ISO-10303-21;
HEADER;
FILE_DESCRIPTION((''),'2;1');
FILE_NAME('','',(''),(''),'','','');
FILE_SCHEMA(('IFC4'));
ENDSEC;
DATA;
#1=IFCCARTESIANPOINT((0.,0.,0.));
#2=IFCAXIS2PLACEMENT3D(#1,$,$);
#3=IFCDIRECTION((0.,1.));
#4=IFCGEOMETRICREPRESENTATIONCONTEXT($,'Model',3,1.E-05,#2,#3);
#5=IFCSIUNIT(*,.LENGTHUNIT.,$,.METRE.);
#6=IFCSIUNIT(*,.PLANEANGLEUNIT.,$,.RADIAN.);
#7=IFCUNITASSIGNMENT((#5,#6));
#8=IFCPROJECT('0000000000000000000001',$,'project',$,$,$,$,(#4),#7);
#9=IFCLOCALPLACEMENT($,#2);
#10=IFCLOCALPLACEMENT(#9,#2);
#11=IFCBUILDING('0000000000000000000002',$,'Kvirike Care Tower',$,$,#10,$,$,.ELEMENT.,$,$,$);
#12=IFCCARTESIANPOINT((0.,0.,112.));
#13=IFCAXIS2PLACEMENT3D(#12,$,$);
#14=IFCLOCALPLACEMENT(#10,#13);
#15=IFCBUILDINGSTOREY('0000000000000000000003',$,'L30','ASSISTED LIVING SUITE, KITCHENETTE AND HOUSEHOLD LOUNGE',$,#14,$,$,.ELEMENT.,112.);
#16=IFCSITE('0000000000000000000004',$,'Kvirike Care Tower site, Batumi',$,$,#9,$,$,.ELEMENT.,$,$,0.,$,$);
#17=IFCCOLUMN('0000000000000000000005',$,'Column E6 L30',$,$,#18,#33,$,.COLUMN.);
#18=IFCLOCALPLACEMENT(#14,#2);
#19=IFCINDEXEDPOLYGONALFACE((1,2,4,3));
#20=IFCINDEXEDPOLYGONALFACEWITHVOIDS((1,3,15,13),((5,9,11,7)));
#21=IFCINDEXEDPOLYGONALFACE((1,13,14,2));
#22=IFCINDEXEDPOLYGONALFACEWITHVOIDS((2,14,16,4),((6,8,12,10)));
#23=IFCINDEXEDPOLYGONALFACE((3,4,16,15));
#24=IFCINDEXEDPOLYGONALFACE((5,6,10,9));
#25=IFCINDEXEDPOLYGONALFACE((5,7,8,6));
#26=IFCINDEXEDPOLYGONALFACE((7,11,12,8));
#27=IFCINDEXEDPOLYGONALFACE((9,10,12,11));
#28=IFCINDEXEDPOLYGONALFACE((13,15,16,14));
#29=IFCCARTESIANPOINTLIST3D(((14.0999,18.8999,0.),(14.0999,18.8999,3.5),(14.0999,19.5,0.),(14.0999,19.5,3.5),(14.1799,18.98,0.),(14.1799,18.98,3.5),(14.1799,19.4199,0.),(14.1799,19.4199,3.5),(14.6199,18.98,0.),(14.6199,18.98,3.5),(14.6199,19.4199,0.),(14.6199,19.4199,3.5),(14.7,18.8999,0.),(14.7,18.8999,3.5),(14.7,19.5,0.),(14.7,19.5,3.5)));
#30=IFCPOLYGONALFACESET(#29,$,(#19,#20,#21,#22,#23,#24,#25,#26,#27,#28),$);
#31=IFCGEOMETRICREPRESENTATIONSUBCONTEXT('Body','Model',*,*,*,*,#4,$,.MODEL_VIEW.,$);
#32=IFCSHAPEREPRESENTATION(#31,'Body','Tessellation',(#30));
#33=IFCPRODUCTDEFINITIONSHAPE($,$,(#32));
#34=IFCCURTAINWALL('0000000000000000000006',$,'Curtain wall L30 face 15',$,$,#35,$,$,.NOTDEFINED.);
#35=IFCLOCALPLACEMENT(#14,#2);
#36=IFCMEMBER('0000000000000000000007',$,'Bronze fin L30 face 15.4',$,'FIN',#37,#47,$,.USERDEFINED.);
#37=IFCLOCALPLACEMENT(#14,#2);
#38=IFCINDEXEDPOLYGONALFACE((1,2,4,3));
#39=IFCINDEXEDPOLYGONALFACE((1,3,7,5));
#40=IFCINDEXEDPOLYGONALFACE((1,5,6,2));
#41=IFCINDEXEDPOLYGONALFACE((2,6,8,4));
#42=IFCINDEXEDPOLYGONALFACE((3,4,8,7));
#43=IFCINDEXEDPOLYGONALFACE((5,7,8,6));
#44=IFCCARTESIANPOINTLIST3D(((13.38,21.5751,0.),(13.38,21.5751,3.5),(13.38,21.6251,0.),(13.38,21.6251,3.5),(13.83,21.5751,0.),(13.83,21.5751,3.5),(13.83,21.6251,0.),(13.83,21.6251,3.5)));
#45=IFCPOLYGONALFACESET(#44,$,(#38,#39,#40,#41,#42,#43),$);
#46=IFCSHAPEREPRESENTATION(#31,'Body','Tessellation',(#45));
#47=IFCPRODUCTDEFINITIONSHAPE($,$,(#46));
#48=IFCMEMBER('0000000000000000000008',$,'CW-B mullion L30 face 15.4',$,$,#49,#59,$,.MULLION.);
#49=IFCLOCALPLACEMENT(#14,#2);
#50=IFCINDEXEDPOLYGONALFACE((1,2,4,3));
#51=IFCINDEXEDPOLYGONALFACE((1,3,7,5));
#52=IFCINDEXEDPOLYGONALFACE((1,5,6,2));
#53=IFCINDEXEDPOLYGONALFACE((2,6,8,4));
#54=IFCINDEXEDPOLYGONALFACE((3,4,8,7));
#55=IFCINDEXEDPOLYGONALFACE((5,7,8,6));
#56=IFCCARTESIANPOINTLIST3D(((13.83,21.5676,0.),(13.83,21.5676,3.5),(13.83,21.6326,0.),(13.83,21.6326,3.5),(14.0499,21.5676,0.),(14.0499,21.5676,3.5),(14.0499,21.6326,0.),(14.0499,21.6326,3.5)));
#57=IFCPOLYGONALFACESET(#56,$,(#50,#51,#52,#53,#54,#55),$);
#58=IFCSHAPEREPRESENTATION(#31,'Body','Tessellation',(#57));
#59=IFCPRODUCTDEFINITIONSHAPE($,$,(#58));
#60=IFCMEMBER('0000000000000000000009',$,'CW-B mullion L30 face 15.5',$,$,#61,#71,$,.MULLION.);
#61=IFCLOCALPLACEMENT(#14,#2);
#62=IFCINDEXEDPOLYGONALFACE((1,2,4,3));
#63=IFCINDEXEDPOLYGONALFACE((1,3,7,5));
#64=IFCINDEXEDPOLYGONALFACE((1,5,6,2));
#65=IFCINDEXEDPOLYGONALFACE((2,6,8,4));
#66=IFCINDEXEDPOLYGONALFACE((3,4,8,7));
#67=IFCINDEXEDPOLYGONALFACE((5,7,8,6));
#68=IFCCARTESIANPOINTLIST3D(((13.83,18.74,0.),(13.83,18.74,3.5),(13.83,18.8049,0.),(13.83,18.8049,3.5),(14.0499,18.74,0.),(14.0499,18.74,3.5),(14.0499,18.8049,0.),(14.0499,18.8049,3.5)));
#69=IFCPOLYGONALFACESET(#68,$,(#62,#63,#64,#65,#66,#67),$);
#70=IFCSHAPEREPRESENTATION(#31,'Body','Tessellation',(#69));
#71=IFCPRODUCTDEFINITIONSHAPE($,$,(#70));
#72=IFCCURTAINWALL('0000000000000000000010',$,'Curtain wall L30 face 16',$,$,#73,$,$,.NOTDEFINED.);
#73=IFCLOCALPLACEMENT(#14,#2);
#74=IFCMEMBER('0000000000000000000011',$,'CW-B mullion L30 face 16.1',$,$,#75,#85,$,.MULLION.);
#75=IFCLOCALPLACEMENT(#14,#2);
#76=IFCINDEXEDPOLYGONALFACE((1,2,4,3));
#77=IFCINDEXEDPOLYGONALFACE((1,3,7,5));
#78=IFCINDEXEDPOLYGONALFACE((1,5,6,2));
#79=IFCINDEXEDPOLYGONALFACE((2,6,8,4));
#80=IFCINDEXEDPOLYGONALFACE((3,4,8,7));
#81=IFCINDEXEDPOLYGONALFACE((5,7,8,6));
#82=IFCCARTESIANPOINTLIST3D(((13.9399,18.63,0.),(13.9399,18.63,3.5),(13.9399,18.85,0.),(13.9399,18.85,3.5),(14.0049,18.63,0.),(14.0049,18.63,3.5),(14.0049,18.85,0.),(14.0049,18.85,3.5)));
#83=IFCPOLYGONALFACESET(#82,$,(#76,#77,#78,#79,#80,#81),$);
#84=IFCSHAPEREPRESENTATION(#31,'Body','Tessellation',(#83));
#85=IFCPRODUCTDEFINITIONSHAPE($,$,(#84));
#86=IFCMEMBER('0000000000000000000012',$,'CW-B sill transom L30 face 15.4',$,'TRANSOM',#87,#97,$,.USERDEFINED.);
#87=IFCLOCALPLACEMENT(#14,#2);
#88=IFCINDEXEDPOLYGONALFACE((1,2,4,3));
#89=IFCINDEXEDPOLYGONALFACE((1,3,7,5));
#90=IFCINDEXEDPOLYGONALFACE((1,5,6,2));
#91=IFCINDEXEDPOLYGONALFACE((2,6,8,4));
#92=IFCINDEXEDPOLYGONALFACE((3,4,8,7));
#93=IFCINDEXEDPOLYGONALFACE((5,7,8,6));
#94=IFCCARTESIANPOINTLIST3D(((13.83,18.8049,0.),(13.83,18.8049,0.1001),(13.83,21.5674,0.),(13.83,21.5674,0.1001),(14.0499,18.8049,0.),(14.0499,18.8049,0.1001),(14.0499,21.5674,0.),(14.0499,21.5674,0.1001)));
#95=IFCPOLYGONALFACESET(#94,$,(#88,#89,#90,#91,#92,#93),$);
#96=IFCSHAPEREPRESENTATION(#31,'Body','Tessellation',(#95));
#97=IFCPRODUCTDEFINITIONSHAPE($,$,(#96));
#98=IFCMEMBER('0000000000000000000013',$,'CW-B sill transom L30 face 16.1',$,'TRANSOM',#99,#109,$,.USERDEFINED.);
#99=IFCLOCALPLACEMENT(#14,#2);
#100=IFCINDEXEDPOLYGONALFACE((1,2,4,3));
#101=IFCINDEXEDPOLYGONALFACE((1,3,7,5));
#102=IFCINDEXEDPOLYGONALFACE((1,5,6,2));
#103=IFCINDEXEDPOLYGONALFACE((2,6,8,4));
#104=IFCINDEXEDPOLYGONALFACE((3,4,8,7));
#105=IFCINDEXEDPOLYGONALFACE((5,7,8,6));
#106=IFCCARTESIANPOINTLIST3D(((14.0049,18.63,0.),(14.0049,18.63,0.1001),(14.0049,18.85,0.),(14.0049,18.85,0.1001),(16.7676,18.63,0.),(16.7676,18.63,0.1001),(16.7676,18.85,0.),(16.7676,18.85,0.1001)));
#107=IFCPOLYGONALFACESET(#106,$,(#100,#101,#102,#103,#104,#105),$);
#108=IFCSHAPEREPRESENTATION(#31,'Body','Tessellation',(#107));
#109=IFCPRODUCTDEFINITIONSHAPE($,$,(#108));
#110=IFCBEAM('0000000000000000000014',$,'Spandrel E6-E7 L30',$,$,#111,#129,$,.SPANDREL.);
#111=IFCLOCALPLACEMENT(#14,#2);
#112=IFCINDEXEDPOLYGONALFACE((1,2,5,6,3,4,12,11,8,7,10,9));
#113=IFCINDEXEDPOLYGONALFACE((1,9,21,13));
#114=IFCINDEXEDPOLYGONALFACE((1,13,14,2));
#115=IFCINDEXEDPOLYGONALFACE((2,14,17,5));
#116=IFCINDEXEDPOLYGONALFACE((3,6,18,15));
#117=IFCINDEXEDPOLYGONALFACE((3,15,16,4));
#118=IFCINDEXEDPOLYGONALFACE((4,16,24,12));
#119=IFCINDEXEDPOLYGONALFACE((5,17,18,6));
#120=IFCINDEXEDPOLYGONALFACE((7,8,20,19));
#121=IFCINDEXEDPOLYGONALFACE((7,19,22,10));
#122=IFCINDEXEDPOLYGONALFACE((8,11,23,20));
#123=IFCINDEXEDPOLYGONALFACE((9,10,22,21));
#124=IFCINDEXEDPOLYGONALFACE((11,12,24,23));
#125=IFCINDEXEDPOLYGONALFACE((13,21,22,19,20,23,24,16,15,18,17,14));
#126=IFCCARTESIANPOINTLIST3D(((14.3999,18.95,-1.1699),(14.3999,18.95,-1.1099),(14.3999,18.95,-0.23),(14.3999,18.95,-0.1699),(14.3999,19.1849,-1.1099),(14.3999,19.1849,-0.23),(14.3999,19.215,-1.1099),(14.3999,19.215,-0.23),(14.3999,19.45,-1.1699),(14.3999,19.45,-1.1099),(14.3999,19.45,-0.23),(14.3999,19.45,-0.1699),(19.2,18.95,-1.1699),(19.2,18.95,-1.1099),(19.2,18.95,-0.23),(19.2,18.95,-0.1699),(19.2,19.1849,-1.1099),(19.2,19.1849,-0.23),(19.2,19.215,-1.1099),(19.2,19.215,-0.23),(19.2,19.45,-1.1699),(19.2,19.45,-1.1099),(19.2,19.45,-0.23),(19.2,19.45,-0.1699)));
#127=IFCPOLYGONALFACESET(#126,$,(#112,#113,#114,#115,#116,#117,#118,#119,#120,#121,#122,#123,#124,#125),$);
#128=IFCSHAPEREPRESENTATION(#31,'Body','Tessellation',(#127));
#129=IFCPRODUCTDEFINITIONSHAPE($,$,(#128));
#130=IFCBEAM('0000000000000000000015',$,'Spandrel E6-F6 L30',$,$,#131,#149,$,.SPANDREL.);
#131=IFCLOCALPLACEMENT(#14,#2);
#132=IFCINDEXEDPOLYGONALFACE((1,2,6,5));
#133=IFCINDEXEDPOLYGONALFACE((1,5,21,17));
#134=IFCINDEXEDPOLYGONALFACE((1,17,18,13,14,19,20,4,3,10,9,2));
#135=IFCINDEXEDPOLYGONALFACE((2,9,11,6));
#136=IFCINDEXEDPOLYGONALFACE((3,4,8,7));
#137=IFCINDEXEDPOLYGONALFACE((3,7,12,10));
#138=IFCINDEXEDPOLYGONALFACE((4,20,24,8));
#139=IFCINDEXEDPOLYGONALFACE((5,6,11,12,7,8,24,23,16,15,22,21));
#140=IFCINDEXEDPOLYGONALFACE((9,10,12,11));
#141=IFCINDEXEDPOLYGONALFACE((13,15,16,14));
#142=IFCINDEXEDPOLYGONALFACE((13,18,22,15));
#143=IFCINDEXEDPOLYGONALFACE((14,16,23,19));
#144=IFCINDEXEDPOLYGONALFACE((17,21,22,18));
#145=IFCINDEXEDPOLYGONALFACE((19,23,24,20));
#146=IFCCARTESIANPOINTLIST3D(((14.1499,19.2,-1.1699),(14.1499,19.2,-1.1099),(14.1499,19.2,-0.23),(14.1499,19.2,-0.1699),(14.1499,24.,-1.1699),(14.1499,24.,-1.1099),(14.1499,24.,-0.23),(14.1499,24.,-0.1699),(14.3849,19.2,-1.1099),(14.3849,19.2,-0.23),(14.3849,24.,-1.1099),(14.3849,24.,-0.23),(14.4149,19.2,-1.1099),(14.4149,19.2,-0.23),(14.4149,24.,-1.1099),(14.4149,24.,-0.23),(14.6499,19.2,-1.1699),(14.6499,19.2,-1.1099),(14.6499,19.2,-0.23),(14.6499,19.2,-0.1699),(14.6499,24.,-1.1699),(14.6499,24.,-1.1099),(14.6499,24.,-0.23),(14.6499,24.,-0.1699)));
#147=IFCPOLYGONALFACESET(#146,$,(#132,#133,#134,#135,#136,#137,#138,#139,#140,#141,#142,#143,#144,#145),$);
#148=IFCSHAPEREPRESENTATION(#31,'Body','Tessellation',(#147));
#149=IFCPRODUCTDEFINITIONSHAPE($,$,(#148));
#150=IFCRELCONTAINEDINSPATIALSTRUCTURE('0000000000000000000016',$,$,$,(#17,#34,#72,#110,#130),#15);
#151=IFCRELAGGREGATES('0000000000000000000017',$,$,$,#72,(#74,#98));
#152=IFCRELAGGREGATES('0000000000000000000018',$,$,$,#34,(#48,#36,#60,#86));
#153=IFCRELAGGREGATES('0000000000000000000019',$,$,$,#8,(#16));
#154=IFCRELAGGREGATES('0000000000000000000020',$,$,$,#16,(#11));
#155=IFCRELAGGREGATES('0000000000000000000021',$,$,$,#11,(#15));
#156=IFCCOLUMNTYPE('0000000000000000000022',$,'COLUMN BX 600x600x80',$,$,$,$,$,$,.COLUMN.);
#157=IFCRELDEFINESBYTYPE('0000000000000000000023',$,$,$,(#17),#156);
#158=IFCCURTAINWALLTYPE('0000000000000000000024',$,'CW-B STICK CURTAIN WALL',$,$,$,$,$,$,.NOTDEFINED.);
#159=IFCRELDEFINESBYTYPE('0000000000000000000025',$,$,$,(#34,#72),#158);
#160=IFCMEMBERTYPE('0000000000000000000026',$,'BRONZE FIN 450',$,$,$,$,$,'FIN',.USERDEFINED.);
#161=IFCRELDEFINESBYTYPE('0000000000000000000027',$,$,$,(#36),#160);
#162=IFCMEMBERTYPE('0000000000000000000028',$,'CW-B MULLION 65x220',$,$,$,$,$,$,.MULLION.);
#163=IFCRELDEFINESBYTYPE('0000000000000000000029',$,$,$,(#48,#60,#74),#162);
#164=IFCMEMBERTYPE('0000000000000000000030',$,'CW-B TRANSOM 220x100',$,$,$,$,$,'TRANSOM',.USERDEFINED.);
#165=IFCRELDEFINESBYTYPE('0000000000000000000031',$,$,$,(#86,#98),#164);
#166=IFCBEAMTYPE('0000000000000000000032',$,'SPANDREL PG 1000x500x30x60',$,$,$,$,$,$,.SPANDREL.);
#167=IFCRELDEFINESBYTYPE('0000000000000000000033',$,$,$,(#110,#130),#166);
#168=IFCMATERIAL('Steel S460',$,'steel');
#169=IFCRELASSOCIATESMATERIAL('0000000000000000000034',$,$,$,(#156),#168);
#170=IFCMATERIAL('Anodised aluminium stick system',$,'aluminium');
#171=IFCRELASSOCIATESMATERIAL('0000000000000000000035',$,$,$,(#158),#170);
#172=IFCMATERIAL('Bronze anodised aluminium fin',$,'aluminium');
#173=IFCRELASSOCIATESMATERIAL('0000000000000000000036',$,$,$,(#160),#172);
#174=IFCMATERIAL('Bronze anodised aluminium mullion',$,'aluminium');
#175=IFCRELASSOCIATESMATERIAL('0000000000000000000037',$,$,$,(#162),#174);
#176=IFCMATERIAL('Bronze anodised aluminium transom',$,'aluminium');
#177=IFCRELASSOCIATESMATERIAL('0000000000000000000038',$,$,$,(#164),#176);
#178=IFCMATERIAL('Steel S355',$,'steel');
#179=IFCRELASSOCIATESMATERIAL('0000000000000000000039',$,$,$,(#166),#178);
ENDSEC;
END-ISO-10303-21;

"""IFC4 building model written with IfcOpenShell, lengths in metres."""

from ifc_helpers import new_model, si_unit, direction, frame, origin, origin_2d, place, context, subcontext, project, spatial, rectangle, hollow_rectangle, i_section, extrude, material, material_profile, profile_set, type_object, element, aggregate, save


model = new_model("IFC4")

# Units and contexts
model_context = context("Model", 3, precision=1e-05, world=origin(), true_north=direction((0.0, 1.0)))
body_context = subcontext(model_context, "Body", "Model", "MODEL_VIEW")
ifc_project = project(units=[si_unit("LENGTHUNIT", "METRE"), si_unit("PLANEANGLEUNIT", "RADIAN")], contexts=[model_context])

# Site, building, storey
site_placement = place(None, origin())
site = spatial("IfcSite", under=ifc_project, at=site_placement, Name="Kvirike Care Tower site, Batumi", CompositionType="ELEMENT", RefElevation=0.0)
building_placement = place(site_placement, origin())
building = spatial("IfcBuilding", under=site, at=building_placement, Name="Kvirike Care Tower", CompositionType="ELEMENT")
storey_placement = place(building_placement, frame((0.0, 0.0, 112.0)))
storey = spatial("IfcBuildingStorey", under=building, at=storey_placement, Name="L30", Description="ASSISTED LIVING SUITE, KITCHENETTE AND HOUSEHOLD LOUNGE", CompositionType="ELEMENT", Elevation=112.0)

# Column
ifc_material_1 = material(Name="Steel S460", Category="steel")
ifc_material_profile_1 = material_profile(ifc_material_1, hollow_rectangle(XDim=0.6001, YDim=0.6001, WallThickness=0.0801, at=origin_2d()), Name="BX 600x600x80")
ifc_profile_set_1 = profile_set([ifc_material_profile_1], Name="Steel S460")
column_type = type_object("IfcColumnType", Name="COLUMN BX 600x600x80", PredefinedType="COLUMN", material=ifc_profile_set_1)
column_placement = place(storey_placement, frame((14.3999, 19.2, 0.0), z_axis=(0.0, 0.0, 1.0), x_axis=(0.0, 1.0, 0.0)))
element("IfcColumn", 1, at=column_placement, inside=storey, type_object=column_type, Name="Column E6 L30", PredefinedType="COLUMN", context=body_context, shape_type="SweptSolid", body=[
    extrude(hollow_rectangle(XDim=0.6001, YDim=0.6001, WallThickness=0.0801, at=origin_2d()), origin(), (0.0, 0.0, 1.0), 3.5),
])

# Curtain wall, members
ifc_material_2 = material(Name="Anodised aluminium stick system", Category="aluminium")
curtain_wall_type = type_object("IfcCurtainWallType", Name="CW-B STICK CURTAIN WALL", PredefinedType="NOTDEFINED", material=ifc_material_2)
curtain_wall_1_placement = place(storey_placement, origin())
curtain_wall_1 = element("IfcCurtainWall", 2, at=curtain_wall_1_placement, inside=storey, type_object=curtain_wall_type, Name="Curtain wall L30 face 15", PredefinedType="NOTDEFINED")
ifc_material_3 = material(Name="Bronze anodised aluminium fin", Category="aluminium")
ifc_material_profile_2 = material_profile(ifc_material_3, rectangle(XDim=0.05, YDim=0.45, at=origin_2d()), Name="BRONZE FIN 450")
ifc_profile_set_2 = profile_set([ifc_material_profile_2], Name="Bronze anodised aluminium fin")
member_type_1 = type_object("IfcMemberType", Name="BRONZE FIN 450", ElementType="FIN", PredefinedType="USERDEFINED", material=ifc_profile_set_2)
member_1_placement = place(storey_placement, frame((13.605, 21.6001, 0.0), z_axis=(0.0, 0.0, 1.0), x_axis=(0.0, -1.0, 0.0)))
member_1 = element("IfcMember", 3, at=member_1_placement, type_object=member_type_1, Name="Bronze fin L30 face 15.4", ObjectType="FIN", PredefinedType="USERDEFINED", context=body_context, shape_type="SweptSolid", body=[
    extrude(rectangle(XDim=0.05, YDim=0.45, at=origin_2d()), origin(), (0.0, 0.0, 1.0), 3.5),
])
ifc_material_4 = material(Name="Bronze anodised aluminium mullion", Category="aluminium")
ifc_material_profile_3 = material_profile(ifc_material_4, rectangle(XDim=0.0649, YDim=0.22, at=origin_2d()), Name="CW-B MULLION 65x220")
ifc_profile_set_3 = profile_set([ifc_material_profile_3], Name="Bronze anodised aluminium mullion")
member_type_2 = type_object("IfcMemberType", Name="CW-B MULLION 65x220", PredefinedType="MULLION", material=ifc_profile_set_3)
member_2_placement = place(storey_placement, frame((13.9399, 21.6001, 0.0), z_axis=(0.0, 0.0, 1.0), x_axis=(0.0, -1.0, 0.0)))
member_2 = element("IfcMember", 4, at=member_2_placement, type_object=member_type_2, Name="CW-B mullion L30 face 15.4", PredefinedType="MULLION", context=body_context, shape_type="SweptSolid", body=[
    extrude(rectangle(XDim=0.0649, YDim=0.22, at=origin_2d()), origin(), (0.0, 0.0, 1.0), 3.5),
])
member_3_placement = place(storey_placement, frame((13.9399, 18.7725, 0.0), z_axis=(0.0, 0.0, 1.0), x_axis=(0.0, -1.0, 0.0)))
member_3 = element("IfcMember", 5, at=member_3_placement, type_object=member_type_2, Name="CW-B mullion L30 face 15.5", PredefinedType="MULLION", context=body_context, shape_type="SweptSolid", body=[
    extrude(rectangle(XDim=0.0649, YDim=0.22, at=origin_2d()), origin(), (0.0, 0.0, 1.0), 3.5),
])

# Curtain wall, member
curtain_wall_2_placement = place(storey_placement, origin())
curtain_wall_2 = element("IfcCurtainWall", 6, at=curtain_wall_2_placement, inside=storey, type_object=curtain_wall_type, Name="Curtain wall L30 face 16", PredefinedType="NOTDEFINED")
member_4_placement = place(storey_placement, frame((13.9724, 18.74, 0.0), z_axis=(0.0, 0.0, 1.0), x_axis=(1.0, 0.0, 0.0)))
member_4 = element("IfcMember", 7, at=member_4_placement, type_object=member_type_2, Name="CW-B mullion L30 face 16.1", PredefinedType="MULLION", context=body_context, shape_type="SweptSolid", body=[
    extrude(rectangle(XDim=0.0649, YDim=0.22, at=origin_2d()), origin(), (0.0, 0.0, 1.0), 3.5),
])

# Members
ifc_material_5 = material(Name="Bronze anodised aluminium transom", Category="aluminium")
ifc_material_profile_4 = material_profile(ifc_material_5, rectangle(XDim=0.22, YDim=0.1001, at=origin_2d()), Name="CW-B TRANSOM 220x100")
ifc_profile_set_4 = profile_set([ifc_material_profile_4], Name="Bronze anodised aluminium transom")
member_type_3 = type_object("IfcMemberType", Name="CW-B TRANSOM 220x100", ElementType="TRANSOM", PredefinedType="USERDEFINED", material=ifc_profile_set_4)
member_5_placement = place(storey_placement, frame((13.9399, 21.5674, 0.05), z_axis=(0.0, -1.0, 0.0), x_axis=(1.0, 0.0, 0.0)))
member_5 = element("IfcMember", 8, at=member_5_placement, type_object=member_type_3, Name="CW-B sill transom L30 face 15.4", ObjectType="TRANSOM", PredefinedType="USERDEFINED", context=body_context, shape_type="SweptSolid", body=[
    extrude(rectangle(XDim=0.22, YDim=0.1001, at=origin_2d()), origin(), (0.0, 0.0, 1.0), 2.7625),
])
member_6_placement = place(storey_placement, frame((14.0049, 18.74, 0.05), z_axis=(1.0, 0.0, 0.0), x_axis=(0.0, 1.0, 0.0)))
member_6 = element("IfcMember", 9, at=member_6_placement, type_object=member_type_3, Name="CW-B sill transom L30 face 16.1", ObjectType="TRANSOM", PredefinedType="USERDEFINED", context=body_context, shape_type="SweptSolid", body=[
    extrude(rectangle(XDim=0.22, YDim=0.1001, at=origin_2d()), origin(), (0.0, 0.0, 1.0), 2.7627),
])
aggregate(curtain_wall_2, [member_4, member_6])

# Beams
ifc_material_6 = material(Name="Steel S355", Category="steel")
ifc_material_profile_5 = material_profile(ifc_material_6, i_section(OverallWidth=0.5, OverallDepth=1.0, WebThickness=0.03, FlangeThickness=0.0601, at=origin_2d()), Name="PG 1000x500x30x60")
ifc_profile_set_5 = profile_set([ifc_material_profile_5], Name="Steel S355")
beam_type = type_object("IfcBeamType", Name="SPANDREL PG 1000x500x30x60", PredefinedType="SPANDREL", material=ifc_profile_set_5)
for number, where, z_axis, x_axis, name in (
    (10, (14.3999, 19.2, -0.6699), (1.0, 0.0, 0.0), (0.0, 1.0, 0.0), "Spandrel E6-E7 L30"),
    (11, (14.3999, 19.2, -0.6699), (0.0, 1.0, 0.0), (-1.0, 0.0, 0.0), "Spandrel E6-F6 L30"),
):
    element("IfcBeam", number, at=place(storey_placement, frame(where, z_axis=z_axis, x_axis=x_axis)), inside=storey, type_object=beam_type, Name=name, PredefinedType="SPANDREL", context=body_context, shape_type="SweptSolid", body=[
        extrude(i_section(OverallWidth=0.5, OverallDepth=1.0, WebThickness=0.03, FlangeThickness=0.0601, at=origin_2d()), origin(), (0.0, 0.0, 1.0), 4.8),
    ])

aggregate(curtain_wall_1, [member_2, member_1, member_3, member_5])

save(model, "model.ifc")
